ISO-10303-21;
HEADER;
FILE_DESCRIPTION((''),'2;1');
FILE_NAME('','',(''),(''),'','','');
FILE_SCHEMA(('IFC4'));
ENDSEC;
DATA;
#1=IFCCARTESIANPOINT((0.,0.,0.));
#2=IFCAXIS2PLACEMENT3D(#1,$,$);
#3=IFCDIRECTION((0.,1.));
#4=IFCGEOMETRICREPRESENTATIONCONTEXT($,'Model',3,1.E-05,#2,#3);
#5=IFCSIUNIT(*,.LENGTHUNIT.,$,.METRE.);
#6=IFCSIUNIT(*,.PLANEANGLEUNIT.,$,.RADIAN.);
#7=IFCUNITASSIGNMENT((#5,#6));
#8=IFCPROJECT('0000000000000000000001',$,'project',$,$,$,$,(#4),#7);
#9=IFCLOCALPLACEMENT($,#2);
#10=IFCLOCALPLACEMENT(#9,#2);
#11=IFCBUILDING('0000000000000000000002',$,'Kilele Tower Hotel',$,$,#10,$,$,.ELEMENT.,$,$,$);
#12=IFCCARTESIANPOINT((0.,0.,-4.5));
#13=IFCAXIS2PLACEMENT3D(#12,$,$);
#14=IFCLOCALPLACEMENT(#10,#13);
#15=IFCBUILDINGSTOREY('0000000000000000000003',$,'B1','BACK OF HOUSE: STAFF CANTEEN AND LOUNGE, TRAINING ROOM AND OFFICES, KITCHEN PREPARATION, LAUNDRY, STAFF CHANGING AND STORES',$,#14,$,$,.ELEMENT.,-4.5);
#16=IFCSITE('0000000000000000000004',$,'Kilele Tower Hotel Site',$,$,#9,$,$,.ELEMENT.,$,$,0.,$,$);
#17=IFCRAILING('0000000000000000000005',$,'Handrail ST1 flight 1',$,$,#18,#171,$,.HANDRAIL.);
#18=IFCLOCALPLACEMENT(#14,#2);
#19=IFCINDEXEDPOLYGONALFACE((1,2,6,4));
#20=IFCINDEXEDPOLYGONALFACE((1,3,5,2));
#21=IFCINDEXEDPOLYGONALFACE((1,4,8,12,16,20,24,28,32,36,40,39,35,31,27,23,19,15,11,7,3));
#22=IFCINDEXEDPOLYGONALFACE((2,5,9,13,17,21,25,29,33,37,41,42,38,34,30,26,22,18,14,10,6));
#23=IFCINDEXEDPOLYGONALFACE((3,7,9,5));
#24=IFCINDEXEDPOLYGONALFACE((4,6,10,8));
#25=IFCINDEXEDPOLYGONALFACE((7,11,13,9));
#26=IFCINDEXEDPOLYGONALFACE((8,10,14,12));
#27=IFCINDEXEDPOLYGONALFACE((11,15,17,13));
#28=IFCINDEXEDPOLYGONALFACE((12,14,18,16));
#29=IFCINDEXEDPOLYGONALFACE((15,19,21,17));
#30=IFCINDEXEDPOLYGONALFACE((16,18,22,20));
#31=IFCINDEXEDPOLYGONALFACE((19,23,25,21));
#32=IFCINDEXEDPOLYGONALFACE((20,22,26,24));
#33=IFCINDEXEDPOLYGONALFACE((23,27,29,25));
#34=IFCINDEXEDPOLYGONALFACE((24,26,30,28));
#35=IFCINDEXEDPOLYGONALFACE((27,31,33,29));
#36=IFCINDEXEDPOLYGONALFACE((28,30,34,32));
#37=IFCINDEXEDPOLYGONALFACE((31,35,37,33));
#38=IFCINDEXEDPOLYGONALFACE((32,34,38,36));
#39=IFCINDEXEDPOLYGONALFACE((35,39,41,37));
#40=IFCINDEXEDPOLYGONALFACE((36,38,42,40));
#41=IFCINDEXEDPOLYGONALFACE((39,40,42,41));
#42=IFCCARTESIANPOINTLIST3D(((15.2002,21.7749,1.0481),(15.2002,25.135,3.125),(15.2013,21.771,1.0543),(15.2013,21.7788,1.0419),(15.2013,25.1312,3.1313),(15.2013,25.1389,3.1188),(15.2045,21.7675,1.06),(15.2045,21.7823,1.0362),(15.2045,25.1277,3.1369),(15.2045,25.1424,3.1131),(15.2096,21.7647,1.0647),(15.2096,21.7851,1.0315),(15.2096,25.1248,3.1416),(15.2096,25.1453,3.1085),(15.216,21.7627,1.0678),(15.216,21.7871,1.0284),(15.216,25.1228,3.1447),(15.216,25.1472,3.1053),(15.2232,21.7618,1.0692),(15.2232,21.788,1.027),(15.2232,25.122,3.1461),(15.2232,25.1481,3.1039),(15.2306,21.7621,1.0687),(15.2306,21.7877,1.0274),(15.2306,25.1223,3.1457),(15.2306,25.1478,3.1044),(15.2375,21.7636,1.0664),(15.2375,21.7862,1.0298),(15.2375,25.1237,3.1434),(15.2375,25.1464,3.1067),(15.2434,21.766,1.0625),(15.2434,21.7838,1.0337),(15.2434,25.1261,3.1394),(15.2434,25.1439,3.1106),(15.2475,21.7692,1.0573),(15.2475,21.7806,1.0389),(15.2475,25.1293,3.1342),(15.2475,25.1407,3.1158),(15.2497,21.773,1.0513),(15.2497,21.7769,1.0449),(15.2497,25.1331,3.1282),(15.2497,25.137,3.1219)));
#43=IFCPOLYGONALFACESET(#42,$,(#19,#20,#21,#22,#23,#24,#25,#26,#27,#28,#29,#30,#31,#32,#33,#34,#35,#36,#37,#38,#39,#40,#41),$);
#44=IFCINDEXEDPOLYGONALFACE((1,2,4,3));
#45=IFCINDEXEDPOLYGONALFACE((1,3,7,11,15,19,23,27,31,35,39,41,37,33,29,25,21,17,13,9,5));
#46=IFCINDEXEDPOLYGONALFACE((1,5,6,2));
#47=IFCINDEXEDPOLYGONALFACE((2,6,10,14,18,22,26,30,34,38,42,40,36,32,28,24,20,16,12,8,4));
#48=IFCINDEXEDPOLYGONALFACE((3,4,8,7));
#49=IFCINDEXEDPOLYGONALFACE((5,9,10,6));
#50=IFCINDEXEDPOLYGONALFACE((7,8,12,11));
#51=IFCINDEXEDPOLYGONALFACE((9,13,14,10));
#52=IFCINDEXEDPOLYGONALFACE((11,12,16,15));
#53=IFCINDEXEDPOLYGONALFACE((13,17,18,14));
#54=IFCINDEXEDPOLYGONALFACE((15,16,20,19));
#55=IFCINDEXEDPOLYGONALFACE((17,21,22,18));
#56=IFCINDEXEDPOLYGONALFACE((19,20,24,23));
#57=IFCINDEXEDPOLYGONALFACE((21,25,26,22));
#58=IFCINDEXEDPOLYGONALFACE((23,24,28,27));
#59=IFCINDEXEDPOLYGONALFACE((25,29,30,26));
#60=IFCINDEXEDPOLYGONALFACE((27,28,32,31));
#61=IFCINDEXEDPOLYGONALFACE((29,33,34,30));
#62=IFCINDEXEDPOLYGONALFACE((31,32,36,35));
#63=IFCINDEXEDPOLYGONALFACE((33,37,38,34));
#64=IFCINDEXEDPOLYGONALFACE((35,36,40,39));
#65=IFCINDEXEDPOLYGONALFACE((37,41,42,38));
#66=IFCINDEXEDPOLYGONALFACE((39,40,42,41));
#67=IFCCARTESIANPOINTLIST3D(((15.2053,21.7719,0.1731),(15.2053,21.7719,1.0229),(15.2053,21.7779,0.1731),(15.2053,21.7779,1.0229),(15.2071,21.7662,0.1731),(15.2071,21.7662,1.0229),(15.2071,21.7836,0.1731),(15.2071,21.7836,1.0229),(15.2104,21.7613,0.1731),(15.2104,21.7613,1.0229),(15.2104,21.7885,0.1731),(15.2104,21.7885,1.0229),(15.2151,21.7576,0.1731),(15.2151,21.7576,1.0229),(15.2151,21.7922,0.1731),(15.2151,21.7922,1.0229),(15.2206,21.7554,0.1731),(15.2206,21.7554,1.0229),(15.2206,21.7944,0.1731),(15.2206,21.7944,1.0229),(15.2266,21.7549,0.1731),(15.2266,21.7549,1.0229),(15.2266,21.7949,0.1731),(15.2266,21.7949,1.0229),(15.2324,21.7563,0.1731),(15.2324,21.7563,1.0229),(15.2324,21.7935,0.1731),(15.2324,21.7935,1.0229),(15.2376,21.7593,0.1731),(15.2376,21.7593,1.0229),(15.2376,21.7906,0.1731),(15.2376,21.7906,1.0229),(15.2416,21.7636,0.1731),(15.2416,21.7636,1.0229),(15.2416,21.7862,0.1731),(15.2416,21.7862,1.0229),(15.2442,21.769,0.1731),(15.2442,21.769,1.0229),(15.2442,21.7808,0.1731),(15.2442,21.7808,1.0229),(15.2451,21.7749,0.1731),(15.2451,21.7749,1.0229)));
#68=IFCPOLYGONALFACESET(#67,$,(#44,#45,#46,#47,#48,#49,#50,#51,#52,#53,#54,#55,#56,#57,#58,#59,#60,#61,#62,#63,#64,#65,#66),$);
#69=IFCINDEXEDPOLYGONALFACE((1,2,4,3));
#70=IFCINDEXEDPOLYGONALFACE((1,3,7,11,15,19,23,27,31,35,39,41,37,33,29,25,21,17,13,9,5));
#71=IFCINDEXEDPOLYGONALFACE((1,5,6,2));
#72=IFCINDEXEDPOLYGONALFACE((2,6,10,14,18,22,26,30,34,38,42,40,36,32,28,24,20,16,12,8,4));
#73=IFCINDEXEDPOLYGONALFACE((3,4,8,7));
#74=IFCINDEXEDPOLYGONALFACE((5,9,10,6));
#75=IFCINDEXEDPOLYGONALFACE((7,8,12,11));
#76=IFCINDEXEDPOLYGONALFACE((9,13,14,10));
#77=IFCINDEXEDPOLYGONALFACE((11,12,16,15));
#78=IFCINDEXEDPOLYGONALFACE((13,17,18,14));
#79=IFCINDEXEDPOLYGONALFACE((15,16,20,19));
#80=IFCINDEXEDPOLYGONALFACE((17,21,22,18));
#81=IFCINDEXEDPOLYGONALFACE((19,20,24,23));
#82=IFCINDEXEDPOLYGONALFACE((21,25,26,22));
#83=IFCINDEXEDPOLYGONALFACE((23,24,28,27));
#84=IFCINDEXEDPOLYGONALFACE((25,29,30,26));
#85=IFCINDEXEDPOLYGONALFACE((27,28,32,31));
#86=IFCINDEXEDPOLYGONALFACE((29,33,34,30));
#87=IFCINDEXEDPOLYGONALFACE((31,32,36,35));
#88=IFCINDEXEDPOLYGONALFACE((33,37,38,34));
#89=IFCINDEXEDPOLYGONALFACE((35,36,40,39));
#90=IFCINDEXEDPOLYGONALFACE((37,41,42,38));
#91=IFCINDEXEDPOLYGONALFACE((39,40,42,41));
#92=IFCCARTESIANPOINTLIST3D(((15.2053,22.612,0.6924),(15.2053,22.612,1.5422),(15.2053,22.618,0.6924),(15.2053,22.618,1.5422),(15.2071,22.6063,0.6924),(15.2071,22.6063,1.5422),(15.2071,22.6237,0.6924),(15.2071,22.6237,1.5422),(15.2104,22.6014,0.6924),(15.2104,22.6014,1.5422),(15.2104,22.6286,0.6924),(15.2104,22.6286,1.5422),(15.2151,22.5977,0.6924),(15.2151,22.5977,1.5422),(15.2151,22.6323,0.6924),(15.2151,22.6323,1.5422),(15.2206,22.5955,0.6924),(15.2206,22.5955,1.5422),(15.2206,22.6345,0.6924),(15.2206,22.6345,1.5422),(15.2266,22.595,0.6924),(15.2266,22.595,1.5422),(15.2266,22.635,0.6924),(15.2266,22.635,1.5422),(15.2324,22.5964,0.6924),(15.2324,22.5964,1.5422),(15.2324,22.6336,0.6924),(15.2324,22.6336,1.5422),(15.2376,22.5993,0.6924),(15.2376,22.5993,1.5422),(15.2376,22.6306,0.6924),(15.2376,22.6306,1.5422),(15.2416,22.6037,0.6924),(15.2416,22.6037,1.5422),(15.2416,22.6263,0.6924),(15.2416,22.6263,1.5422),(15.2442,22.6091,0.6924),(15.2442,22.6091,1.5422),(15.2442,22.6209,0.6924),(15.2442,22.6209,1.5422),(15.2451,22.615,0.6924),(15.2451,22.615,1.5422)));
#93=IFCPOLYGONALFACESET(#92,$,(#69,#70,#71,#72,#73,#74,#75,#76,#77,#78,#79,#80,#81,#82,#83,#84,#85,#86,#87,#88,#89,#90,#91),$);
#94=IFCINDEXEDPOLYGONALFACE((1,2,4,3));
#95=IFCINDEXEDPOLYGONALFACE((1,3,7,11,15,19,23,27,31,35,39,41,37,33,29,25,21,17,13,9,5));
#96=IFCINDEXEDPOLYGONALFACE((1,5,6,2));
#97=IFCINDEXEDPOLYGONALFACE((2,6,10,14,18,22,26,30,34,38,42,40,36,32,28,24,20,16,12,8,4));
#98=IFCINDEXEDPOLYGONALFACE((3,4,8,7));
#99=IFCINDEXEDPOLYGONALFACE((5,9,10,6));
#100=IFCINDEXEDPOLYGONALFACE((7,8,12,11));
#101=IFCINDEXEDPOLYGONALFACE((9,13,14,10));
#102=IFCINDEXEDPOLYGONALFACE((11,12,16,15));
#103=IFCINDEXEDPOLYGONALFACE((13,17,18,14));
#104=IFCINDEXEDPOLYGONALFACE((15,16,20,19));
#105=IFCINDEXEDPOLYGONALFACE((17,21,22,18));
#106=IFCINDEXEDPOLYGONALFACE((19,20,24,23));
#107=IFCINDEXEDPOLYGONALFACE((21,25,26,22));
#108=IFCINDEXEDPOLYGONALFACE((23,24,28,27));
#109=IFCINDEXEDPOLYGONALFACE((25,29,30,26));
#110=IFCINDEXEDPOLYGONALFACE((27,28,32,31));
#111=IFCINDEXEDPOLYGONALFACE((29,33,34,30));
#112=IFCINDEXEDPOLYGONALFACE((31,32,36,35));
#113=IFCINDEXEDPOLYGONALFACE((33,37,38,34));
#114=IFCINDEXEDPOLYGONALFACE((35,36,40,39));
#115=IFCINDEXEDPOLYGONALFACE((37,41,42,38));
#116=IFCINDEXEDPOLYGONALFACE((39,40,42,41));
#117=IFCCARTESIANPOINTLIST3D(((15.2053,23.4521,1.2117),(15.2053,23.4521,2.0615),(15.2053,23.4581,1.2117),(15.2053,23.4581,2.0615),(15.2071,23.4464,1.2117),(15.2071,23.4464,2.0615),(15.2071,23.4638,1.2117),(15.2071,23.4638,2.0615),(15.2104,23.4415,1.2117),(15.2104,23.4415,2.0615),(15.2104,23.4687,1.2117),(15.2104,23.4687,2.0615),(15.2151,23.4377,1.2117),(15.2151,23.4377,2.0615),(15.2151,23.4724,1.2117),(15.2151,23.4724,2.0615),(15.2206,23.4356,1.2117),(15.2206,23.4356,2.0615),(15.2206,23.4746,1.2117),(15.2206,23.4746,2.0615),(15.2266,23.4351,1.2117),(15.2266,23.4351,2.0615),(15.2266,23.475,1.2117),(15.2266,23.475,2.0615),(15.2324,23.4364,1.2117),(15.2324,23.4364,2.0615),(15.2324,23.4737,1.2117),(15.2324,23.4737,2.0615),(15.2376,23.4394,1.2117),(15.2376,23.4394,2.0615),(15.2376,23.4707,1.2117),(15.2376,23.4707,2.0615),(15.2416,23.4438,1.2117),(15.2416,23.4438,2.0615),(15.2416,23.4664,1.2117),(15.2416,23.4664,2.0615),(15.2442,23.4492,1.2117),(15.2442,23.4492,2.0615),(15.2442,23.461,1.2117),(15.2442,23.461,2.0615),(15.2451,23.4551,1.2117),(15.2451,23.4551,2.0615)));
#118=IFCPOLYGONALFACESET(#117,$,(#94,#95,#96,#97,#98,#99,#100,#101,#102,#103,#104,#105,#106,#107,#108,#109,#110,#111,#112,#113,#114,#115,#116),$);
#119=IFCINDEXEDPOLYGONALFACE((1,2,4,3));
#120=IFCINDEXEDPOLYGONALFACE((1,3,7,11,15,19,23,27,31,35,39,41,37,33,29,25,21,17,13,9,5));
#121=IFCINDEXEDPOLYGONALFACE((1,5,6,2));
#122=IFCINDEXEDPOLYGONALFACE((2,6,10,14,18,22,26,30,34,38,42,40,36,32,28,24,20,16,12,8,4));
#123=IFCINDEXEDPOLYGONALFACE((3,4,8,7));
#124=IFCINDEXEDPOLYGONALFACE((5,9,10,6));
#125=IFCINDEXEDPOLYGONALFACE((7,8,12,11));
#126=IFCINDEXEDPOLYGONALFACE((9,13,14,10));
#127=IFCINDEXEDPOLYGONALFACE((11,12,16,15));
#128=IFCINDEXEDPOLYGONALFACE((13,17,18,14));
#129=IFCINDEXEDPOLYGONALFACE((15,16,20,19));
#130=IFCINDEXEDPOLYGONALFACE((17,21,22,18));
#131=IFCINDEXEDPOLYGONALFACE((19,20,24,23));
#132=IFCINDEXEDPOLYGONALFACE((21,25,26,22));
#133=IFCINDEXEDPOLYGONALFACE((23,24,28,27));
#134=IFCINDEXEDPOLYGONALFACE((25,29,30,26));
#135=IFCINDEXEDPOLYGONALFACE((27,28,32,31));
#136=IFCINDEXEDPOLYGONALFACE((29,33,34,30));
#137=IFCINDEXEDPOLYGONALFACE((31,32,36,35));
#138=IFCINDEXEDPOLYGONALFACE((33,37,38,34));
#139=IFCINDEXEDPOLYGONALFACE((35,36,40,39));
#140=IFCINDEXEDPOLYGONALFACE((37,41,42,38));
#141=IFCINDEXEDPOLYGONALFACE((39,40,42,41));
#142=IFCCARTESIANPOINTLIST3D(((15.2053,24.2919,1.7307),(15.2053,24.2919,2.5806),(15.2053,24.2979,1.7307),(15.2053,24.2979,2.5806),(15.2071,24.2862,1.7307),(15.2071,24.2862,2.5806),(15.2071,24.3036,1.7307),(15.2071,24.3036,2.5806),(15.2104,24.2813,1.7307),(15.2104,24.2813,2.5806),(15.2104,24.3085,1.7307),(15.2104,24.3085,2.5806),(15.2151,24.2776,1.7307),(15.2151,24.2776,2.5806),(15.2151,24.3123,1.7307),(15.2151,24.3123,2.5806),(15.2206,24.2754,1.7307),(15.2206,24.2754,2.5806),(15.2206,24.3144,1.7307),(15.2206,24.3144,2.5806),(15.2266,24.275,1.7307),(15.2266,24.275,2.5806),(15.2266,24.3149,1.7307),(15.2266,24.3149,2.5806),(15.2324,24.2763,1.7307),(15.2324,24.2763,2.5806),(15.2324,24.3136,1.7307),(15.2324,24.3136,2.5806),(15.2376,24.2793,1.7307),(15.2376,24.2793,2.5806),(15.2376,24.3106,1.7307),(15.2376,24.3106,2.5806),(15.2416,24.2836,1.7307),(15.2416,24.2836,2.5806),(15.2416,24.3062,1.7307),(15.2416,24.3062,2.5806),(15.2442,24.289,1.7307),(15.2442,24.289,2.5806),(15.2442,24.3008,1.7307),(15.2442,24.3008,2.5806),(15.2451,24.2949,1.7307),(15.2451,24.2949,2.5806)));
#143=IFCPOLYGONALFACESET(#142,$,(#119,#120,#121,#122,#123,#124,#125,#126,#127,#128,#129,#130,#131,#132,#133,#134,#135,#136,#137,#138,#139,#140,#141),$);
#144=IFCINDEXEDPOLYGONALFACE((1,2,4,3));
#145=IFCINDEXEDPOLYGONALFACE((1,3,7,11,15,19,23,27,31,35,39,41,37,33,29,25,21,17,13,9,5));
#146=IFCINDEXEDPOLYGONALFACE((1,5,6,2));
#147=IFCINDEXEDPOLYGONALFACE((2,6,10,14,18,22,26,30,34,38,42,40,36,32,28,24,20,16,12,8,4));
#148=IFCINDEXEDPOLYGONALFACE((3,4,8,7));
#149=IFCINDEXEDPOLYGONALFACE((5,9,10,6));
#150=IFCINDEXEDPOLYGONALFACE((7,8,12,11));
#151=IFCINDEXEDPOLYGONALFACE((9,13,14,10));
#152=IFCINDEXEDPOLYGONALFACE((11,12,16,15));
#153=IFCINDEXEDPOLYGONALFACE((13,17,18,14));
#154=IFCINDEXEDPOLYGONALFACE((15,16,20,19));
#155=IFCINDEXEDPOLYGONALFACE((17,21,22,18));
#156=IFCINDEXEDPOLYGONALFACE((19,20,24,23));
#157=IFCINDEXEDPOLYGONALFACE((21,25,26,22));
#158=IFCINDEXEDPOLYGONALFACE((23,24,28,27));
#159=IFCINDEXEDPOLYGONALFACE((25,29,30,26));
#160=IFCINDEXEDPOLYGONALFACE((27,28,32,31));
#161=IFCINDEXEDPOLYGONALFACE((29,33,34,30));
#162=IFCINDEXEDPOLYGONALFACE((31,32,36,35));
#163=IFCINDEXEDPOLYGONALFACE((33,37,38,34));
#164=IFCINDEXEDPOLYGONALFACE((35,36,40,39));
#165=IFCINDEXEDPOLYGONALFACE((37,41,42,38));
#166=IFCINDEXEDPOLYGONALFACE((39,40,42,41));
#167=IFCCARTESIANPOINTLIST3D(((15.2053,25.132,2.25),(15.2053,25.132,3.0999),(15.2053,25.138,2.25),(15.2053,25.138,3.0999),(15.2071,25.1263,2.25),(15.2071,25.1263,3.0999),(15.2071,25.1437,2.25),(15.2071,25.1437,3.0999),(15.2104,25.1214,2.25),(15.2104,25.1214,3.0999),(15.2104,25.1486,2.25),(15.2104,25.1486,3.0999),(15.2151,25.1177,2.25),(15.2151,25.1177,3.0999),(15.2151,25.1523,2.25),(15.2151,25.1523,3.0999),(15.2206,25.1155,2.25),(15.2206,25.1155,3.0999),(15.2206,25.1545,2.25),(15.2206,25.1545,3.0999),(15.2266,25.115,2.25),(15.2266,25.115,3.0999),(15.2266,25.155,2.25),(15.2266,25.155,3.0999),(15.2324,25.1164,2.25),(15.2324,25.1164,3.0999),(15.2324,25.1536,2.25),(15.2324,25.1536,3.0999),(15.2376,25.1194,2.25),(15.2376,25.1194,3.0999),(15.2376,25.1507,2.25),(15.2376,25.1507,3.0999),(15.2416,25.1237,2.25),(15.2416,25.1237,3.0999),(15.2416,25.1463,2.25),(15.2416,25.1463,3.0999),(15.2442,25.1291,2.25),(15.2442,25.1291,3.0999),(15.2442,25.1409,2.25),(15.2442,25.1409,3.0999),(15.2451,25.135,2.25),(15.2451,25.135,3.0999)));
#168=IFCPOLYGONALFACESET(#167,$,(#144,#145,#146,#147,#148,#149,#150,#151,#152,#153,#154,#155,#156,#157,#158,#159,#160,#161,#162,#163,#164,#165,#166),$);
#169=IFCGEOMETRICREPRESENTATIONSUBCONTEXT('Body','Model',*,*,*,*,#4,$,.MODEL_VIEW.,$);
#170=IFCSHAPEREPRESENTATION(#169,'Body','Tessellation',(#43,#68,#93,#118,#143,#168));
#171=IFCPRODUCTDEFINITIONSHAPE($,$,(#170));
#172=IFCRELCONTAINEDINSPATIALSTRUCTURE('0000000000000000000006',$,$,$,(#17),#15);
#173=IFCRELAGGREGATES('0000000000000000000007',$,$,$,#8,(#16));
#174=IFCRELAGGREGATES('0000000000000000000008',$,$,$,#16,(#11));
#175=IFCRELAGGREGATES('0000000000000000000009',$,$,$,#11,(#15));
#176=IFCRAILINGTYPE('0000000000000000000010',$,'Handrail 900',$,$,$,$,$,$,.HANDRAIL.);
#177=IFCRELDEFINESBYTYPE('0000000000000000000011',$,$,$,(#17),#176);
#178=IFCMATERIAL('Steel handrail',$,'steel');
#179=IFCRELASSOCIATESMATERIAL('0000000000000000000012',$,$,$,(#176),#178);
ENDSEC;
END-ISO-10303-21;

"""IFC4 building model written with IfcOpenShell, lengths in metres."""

from ifc_helpers import new_model, si_unit, direction, frame, origin, origin_2d, place, context, subcontext, project, spatial, circle, extrude, material, type_object, element, save


model = new_model("IFC4")

# Units and contexts
model_context = context("Model", 3, precision=1e-05, world=origin(), true_north=direction((0.0, 1.0)))
body_context = subcontext(model_context, "Body", "Model", "MODEL_VIEW")
ifc_project = project(units=[si_unit("LENGTHUNIT", "METRE"), si_unit("PLANEANGLEUNIT", "RADIAN")], contexts=[model_context])

# Site, building, storey
site_placement = place(None, origin())
site = spatial("IfcSite", under=ifc_project, at=site_placement, Name="Kilele Tower Hotel Site", CompositionType="ELEMENT", RefElevation=0.0)
building_placement = place(site_placement, origin())
building = spatial("IfcBuilding", under=site, at=building_placement, Name="Kilele Tower Hotel", CompositionType="ELEMENT")
storey_placement = place(building_placement, frame((0.0, 0.0, -4.5)))
storey = spatial("IfcBuildingStorey", under=building, at=storey_placement, Name="B1", Description="BACK OF HOUSE: STAFF CANTEEN AND LOUNGE, TRAINING ROOM AND OFFICES, KITCHEN PREPARATION, LAUNDRY, STAFF CHANGING AND STORES", CompositionType="ELEMENT", Elevation=-4.5)

# Railing
ifc_material_1 = material(Name="Steel handrail", Category="steel")
railing_type_1 = type_object("IfcRailingType", Name="Handrail 900", PredefinedType="HANDRAIL", material=ifc_material_1)
for number, where, name in (
    (1, (15.2251, 21.7749, 0.1731), "Handrail ST1 flight 1"),
):
    element("IfcRailing", number, at=place(storey_placement, frame(where)), inside=storey, type_object=railing_type_1, Name=name, PredefinedType="HANDRAIL", context=body_context, shape_type="SweptSolid", body=[
        extrude(circle(Radius=0.0249, at=origin_2d()), frame((0.0, 0.0, 0.875), z_axis=(0.0, 0.850623, 0.525776), x_axis=(-1.0, 0.0, 0.0)), (0.0, 0.0, 1.0), 3.9502),
        extrude(circle(Radius=0.02, at=origin_2d()), origin(), (0.0, 0.0, 1.0), 0.8499),
        extrude(circle(Radius=0.02, at=origin_2d()), frame((0.0, 0.8401, 0.5193)), (0.0, 0.0, 1.0), 0.8499),
        extrude(circle(Radius=0.02, at=origin_2d()), frame((0.0, 1.6802, 1.0386)), (0.0, 0.0, 1.0), 0.8499),
        extrude(circle(Radius=0.02, at=origin_2d()), frame((0.0, 2.52, 1.5576)), (0.0, 0.0, 1.0), 0.8499),
        extrude(circle(Radius=0.02, at=origin_2d()), frame((0.0, 3.3601, 2.0769)), (0.0, 0.0, 1.0), 0.8499),
    ])

save(model, "model.ifc")
